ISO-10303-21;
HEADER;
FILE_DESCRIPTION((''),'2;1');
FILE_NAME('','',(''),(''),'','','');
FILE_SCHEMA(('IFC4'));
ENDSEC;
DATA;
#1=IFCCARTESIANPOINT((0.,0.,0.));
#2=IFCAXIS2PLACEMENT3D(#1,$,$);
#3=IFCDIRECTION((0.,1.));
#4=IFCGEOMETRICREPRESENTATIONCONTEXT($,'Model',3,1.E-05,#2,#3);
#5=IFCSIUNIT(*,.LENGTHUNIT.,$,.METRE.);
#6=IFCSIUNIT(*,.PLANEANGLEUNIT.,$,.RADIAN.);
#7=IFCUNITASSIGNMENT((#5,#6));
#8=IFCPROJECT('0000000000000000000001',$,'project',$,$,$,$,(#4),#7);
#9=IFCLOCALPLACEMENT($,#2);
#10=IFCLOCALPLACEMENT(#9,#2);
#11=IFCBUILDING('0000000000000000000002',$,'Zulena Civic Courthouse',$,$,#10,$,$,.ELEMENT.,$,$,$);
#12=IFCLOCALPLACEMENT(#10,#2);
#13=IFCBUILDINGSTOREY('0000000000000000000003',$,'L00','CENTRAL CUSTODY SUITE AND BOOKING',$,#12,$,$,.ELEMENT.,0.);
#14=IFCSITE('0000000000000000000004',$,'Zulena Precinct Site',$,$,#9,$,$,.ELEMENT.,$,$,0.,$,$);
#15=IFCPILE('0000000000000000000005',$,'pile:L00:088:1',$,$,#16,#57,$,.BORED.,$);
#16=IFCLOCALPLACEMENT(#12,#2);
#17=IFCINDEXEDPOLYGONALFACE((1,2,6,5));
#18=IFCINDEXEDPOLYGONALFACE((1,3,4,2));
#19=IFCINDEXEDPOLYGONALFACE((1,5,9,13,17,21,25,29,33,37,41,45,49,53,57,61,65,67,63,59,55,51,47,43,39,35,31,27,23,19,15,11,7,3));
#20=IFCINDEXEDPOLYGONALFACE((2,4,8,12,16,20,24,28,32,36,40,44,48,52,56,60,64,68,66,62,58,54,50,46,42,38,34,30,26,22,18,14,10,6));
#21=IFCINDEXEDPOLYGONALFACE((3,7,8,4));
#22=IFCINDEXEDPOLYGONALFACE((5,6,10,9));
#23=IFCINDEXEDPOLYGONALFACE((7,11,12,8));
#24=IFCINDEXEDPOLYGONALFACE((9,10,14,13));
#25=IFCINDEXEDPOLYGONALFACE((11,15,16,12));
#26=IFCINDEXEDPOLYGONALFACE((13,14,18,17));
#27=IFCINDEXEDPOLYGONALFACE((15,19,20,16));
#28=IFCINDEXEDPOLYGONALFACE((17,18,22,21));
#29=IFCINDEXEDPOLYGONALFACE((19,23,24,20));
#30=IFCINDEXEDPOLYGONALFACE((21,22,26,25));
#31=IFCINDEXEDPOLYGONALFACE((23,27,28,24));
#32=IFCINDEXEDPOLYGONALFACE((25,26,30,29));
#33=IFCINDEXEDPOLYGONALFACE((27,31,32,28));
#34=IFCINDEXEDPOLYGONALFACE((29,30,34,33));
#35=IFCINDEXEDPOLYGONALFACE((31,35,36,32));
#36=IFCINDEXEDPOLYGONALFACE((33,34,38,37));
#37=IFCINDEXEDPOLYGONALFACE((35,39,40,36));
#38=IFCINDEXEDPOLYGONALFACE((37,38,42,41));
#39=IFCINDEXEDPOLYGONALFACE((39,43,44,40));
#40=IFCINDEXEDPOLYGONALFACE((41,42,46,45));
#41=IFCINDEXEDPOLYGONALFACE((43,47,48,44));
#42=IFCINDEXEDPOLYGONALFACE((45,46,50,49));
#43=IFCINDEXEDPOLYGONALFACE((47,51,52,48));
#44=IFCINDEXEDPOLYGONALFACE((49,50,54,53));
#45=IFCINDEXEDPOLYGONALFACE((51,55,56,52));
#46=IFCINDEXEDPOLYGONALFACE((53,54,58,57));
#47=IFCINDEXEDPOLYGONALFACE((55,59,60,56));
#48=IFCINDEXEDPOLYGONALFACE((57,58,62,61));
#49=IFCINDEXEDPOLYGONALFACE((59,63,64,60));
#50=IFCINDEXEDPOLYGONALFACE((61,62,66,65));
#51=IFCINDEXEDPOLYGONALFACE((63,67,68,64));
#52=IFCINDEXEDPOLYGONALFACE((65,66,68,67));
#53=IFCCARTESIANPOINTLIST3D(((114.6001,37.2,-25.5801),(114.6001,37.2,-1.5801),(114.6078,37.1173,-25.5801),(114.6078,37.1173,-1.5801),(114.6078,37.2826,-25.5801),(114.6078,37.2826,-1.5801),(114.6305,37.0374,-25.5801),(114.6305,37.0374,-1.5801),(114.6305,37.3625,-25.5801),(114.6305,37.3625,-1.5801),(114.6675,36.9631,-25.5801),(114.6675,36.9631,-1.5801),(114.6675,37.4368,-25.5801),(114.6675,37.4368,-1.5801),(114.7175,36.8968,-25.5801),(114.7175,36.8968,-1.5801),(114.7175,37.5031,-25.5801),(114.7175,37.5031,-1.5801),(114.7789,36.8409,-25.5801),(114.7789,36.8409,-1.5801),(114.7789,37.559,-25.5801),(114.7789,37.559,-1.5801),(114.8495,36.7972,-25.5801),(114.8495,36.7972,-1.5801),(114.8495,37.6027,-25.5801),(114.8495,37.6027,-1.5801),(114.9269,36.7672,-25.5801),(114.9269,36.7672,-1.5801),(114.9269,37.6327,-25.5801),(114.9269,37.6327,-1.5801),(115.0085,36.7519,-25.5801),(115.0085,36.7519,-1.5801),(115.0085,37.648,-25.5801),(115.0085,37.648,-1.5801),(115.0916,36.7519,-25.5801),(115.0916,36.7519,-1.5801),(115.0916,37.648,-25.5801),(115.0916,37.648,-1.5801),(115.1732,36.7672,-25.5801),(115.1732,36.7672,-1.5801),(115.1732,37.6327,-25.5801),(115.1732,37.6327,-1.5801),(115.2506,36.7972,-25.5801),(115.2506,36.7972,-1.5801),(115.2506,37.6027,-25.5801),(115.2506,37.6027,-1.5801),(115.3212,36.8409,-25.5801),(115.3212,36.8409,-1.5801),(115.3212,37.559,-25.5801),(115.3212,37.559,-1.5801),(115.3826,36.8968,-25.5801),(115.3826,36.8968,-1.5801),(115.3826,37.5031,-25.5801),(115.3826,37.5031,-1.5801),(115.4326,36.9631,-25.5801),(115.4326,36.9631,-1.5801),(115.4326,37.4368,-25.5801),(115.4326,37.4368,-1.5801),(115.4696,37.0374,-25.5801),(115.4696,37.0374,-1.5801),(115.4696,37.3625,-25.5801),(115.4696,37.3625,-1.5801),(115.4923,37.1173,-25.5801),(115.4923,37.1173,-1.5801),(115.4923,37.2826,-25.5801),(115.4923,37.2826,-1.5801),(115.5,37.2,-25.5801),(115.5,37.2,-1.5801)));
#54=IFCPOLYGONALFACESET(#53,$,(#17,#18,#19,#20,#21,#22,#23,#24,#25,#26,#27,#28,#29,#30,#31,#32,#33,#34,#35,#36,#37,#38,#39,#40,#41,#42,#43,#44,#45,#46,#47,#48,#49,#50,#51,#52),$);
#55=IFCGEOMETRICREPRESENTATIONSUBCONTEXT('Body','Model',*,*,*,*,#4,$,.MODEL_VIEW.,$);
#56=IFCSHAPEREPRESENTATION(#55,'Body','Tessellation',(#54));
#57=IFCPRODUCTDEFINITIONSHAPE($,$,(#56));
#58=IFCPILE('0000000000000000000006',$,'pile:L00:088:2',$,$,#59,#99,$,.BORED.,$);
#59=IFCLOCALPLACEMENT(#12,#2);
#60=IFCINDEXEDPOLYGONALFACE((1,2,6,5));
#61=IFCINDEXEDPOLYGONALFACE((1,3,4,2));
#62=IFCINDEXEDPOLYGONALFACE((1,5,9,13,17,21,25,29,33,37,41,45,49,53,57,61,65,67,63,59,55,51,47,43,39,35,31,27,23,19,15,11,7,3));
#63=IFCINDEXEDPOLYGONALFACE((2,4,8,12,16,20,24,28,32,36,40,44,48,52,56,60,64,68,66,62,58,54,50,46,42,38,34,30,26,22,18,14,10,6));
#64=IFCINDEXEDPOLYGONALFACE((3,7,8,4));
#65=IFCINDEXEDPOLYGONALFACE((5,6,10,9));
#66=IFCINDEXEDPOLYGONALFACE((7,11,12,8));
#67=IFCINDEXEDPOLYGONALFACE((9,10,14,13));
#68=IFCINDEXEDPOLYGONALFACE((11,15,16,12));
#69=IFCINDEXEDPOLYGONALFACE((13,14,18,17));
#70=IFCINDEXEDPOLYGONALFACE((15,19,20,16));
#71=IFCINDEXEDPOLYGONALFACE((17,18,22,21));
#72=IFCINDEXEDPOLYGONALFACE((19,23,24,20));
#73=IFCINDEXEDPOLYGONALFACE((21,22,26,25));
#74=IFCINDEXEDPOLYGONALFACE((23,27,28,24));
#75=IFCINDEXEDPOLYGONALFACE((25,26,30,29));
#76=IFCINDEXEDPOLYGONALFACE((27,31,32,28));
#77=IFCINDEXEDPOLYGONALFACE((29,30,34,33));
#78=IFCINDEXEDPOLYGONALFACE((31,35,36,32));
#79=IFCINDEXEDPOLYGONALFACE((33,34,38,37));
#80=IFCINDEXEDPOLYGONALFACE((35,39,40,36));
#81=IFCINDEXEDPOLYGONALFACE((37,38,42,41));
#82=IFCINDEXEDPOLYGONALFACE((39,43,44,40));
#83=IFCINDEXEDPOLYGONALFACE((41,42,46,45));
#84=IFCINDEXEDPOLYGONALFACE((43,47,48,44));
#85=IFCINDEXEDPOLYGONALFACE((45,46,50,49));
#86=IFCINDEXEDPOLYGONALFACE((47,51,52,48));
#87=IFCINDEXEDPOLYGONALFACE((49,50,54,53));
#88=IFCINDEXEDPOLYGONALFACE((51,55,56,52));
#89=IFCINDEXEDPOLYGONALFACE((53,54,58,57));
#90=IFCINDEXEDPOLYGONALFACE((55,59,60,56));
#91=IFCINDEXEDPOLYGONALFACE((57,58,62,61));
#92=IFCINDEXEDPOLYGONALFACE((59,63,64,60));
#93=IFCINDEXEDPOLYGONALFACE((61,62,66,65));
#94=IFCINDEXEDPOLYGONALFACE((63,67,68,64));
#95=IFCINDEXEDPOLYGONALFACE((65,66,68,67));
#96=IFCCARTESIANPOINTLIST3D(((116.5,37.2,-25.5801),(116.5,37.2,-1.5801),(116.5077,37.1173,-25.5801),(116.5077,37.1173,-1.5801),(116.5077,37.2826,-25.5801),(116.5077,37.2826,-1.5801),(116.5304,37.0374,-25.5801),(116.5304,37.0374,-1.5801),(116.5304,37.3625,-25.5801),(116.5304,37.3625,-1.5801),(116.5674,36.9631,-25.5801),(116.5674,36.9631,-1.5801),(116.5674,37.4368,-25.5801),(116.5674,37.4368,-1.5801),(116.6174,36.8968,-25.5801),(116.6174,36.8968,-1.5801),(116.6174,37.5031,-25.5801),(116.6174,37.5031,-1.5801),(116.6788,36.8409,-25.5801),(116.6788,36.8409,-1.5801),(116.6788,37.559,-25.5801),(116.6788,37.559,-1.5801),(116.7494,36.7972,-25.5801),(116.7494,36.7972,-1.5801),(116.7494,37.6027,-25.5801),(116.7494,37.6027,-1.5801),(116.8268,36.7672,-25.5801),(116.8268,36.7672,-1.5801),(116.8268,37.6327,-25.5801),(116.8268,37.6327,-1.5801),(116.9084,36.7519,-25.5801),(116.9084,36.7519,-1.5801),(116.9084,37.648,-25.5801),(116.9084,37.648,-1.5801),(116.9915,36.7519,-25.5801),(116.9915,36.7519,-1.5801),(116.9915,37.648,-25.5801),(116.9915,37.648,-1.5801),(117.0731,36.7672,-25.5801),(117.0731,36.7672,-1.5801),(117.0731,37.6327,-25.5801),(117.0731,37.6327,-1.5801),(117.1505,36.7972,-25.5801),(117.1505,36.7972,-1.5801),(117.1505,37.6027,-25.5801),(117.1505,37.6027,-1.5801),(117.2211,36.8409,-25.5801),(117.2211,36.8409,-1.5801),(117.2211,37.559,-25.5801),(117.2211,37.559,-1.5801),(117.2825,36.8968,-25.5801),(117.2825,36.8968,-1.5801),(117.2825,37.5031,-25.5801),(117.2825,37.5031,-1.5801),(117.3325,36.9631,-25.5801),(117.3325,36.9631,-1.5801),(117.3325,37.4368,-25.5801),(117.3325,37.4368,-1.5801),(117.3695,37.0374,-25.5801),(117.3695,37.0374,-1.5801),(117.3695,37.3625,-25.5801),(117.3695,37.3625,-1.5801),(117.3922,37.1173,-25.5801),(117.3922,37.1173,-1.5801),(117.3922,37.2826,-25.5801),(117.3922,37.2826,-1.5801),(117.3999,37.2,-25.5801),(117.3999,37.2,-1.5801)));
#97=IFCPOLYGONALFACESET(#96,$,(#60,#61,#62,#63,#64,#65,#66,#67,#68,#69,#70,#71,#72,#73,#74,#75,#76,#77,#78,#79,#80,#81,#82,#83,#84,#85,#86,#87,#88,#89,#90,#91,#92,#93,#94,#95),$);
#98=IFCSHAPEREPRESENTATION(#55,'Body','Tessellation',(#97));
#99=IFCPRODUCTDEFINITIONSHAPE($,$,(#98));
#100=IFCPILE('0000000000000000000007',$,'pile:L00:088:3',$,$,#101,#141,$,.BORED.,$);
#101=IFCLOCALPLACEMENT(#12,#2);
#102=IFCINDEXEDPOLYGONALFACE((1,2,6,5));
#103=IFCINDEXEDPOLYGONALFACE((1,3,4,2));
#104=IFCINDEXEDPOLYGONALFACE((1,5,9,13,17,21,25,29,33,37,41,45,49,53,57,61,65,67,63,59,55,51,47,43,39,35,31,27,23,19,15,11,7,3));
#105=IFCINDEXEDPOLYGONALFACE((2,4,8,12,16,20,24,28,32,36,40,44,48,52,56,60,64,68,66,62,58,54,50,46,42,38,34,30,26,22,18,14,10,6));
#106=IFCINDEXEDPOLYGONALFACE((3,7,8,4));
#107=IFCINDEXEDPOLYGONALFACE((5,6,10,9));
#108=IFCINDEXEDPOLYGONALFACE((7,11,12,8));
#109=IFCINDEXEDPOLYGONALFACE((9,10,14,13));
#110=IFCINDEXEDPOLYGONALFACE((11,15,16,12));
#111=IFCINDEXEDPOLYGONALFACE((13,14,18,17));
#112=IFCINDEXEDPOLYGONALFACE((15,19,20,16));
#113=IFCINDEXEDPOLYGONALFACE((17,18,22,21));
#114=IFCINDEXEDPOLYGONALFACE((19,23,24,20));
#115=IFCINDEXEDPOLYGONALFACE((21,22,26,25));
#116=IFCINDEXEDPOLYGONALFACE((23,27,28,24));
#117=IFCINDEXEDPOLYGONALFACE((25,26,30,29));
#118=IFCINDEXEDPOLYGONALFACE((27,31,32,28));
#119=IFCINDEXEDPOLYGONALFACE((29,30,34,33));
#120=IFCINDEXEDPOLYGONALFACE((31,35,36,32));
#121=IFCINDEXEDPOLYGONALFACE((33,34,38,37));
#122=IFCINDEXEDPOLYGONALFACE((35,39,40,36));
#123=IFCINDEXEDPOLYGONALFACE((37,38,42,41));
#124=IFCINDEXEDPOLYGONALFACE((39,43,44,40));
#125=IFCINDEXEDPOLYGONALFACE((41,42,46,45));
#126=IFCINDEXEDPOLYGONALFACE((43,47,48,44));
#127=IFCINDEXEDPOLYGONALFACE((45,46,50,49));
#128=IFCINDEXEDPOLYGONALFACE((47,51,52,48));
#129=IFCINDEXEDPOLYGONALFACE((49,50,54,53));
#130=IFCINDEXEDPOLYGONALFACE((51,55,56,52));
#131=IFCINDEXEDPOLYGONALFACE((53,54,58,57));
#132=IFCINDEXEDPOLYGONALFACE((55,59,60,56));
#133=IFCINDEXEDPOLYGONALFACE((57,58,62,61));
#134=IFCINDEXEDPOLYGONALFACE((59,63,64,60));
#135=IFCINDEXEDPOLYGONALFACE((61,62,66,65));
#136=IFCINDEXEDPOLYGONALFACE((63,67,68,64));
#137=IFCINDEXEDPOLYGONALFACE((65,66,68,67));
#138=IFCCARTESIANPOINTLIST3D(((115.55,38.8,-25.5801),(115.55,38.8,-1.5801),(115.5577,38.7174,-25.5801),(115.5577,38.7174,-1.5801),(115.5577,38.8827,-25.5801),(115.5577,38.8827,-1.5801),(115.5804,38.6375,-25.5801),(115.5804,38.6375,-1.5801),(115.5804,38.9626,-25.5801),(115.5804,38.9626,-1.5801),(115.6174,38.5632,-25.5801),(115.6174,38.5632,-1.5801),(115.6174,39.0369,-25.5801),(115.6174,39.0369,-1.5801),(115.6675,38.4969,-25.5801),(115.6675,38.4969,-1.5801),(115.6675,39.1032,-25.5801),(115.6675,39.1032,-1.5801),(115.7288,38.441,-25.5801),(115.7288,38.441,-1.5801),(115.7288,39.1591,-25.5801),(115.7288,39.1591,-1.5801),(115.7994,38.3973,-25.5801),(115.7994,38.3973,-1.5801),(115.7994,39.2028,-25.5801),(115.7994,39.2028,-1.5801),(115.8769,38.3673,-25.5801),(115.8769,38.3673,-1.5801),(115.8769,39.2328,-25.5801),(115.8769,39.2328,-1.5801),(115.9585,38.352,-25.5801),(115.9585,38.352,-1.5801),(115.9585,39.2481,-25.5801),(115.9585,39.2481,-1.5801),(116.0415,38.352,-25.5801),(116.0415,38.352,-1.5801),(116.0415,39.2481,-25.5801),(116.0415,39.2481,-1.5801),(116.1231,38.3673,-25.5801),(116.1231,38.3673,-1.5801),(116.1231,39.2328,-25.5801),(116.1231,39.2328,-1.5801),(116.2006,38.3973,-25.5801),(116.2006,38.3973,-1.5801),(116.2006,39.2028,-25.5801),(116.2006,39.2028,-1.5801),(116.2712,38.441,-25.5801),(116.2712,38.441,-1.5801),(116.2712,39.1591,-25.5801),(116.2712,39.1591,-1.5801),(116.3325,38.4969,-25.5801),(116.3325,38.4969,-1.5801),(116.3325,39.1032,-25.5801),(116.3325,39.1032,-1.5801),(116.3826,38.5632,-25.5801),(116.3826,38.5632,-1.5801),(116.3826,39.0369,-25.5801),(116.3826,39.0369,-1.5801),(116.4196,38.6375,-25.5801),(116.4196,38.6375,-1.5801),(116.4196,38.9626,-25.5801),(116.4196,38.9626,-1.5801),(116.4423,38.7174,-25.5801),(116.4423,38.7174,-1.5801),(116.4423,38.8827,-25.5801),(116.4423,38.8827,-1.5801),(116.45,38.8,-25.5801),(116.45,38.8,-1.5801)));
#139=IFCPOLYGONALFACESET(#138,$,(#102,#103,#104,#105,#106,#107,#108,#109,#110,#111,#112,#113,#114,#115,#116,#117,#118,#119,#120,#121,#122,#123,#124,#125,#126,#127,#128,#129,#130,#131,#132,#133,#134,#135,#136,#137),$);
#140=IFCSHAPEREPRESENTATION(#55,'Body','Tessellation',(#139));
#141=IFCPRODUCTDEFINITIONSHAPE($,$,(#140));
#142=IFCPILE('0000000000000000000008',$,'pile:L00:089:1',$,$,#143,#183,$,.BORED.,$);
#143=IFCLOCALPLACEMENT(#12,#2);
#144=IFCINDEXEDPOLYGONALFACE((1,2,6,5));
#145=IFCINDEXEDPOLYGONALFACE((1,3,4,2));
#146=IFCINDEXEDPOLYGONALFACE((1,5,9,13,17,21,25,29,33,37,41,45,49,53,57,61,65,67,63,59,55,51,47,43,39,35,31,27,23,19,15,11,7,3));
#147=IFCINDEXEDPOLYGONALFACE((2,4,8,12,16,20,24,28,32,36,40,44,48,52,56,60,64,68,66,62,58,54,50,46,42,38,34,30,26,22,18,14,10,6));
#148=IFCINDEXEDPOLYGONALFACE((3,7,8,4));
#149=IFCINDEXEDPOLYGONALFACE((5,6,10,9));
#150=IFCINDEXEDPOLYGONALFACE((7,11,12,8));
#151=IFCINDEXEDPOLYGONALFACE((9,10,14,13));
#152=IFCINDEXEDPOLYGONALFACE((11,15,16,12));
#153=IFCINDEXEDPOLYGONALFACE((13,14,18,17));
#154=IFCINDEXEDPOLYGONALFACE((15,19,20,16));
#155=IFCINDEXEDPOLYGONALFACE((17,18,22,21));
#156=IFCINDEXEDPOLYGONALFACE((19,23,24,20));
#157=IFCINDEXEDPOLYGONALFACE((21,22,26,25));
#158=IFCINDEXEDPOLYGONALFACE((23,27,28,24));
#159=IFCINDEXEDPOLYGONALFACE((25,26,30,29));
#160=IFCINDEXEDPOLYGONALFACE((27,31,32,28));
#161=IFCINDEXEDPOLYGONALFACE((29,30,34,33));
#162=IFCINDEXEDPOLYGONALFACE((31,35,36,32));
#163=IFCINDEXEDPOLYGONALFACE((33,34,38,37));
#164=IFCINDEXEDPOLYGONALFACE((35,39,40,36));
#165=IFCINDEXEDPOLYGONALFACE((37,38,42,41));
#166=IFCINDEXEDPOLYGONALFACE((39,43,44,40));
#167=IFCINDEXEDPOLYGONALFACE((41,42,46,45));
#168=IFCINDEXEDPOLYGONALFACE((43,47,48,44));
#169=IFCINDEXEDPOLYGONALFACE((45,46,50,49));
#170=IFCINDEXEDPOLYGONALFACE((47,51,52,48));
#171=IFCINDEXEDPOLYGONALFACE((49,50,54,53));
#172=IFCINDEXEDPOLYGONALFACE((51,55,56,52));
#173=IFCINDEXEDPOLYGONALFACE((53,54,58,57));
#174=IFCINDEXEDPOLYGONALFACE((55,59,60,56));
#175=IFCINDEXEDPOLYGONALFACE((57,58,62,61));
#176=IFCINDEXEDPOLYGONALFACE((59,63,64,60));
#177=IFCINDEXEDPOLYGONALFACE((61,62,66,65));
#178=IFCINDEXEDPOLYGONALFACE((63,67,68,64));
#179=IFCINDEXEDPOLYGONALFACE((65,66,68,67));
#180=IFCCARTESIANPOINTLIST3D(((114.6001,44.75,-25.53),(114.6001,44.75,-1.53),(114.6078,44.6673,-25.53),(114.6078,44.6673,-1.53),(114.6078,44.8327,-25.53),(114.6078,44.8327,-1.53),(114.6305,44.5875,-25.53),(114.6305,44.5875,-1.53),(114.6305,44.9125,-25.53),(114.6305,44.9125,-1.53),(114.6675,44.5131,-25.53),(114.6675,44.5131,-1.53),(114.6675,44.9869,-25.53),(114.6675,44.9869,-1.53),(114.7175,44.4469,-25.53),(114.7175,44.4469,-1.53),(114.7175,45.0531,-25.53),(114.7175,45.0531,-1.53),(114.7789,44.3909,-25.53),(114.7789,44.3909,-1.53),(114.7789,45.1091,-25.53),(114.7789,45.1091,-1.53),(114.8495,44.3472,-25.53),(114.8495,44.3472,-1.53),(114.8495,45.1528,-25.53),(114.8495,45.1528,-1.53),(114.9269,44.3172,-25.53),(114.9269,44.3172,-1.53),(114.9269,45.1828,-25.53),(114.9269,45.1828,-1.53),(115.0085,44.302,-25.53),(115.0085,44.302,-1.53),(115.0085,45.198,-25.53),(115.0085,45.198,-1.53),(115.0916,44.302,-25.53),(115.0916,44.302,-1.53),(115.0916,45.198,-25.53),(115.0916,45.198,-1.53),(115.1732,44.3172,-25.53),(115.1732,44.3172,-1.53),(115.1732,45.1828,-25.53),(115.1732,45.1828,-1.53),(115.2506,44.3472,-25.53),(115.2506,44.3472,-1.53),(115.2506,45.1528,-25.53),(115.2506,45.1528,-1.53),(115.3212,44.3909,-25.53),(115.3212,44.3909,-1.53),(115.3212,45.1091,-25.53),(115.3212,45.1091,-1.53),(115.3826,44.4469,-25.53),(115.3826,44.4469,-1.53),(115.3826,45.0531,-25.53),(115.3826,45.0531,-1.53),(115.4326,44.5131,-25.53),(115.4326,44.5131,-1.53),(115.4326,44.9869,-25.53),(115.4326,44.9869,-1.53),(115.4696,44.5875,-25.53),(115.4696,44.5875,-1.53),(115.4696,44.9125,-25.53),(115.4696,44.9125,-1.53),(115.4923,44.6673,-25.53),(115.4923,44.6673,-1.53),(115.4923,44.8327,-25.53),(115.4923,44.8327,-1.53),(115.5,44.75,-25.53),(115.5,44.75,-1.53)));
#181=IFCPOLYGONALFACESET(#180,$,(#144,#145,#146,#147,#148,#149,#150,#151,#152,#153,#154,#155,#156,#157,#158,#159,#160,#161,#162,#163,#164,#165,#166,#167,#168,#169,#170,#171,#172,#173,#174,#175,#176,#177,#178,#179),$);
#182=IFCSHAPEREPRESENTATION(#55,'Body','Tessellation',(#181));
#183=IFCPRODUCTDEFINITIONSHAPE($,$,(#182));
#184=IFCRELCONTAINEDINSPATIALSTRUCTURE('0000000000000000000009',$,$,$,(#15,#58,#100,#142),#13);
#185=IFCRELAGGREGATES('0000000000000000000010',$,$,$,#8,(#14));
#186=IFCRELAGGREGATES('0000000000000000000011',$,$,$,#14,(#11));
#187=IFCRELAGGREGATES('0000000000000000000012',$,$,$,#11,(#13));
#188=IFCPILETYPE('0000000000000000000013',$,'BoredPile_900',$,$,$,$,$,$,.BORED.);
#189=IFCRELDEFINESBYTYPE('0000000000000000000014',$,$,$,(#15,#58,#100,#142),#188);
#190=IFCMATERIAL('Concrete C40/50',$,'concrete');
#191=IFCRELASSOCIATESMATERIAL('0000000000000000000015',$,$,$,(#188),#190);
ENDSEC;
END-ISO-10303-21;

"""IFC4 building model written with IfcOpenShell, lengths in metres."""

from ifc_helpers import new_model, si_unit, direction, frame, origin, origin_2d, place, context, subcontext, project, spatial, circle, extrude, material, material_profile, profile_set, type_object, element, save


model = new_model("IFC4")

# Units and contexts
model_context = context("Model", 3, precision=1e-05, world=origin(), true_north=direction((0.0, 1.0)))
body_context = subcontext(model_context, "Body", "Model", "MODEL_VIEW")
ifc_project = project(units=[si_unit("LENGTHUNIT", "METRE"), si_unit("PLANEANGLEUNIT", "RADIAN")], contexts=[model_context])

# Site, building, storey
site_placement = place(None, origin())
site = spatial("IfcSite", under=ifc_project, at=site_placement, Name="Zulena Precinct Site", CompositionType="ELEMENT", RefElevation=0.0)
building_placement = place(site_placement, origin())
building = spatial("IfcBuilding", under=site, at=building_placement, Name="Zulena Civic Courthouse", CompositionType="ELEMENT")
storey_placement = place(building_placement, origin())
storey = spatial("IfcBuildingStorey", under=building, at=storey_placement, Name="L00", Description="CENTRAL CUSTODY SUITE AND BOOKING", CompositionType="ELEMENT", Elevation=0.0)

# Piles
ifc_material_1 = material(Name="Concrete C40/50", Category="concrete")
ifc_material_profile_1 = material_profile(ifc_material_1, circle(Radius=0.45, at=origin_2d()), Name="PILE900")
ifc_profile_set_1 = profile_set([ifc_material_profile_1], Name="Concrete C40/50")
pile_type_1 = type_object("IfcPileType", Name="BoredPile_900", PredefinedType="BORED", material=ifc_profile_set_1)
for number, where, z_axis, x_axis, name in (
    (1, (115.05, 37.2, -1.5801), (0.0, 0.0, -1.0), (1.0, 0.0, 0.0), "pile:L00:088:1"),
    (2, (116.95, 37.2, -1.5801), (0.0, 0.0, -1.0), (1.0, 0.0, 0.0), "pile:L00:088:2"),
    (3, (116.0, 38.8, -1.5801), (0.0, 0.0, -1.0), (1.0, 0.0, 0.0), "pile:L00:088:3"),
    (4, (115.05, 44.75, -1.53), (0.0, 0.0, -1.0), (1.0, 0.0, 0.0), "pile:L00:089:1"),
):
    element("IfcPile", number, at=place(storey_placement, frame(where, z_axis=z_axis, x_axis=x_axis)), inside=storey, type_object=pile_type_1, Name=name, PredefinedType="BORED", context=body_context, shape_type="SweptSolid", body=[
        extrude(circle(Radius=0.45, at=origin_2d()), origin(), (0.0, 0.0, 1.0), 24.0),
    ])

save(model, "model.ifc")
